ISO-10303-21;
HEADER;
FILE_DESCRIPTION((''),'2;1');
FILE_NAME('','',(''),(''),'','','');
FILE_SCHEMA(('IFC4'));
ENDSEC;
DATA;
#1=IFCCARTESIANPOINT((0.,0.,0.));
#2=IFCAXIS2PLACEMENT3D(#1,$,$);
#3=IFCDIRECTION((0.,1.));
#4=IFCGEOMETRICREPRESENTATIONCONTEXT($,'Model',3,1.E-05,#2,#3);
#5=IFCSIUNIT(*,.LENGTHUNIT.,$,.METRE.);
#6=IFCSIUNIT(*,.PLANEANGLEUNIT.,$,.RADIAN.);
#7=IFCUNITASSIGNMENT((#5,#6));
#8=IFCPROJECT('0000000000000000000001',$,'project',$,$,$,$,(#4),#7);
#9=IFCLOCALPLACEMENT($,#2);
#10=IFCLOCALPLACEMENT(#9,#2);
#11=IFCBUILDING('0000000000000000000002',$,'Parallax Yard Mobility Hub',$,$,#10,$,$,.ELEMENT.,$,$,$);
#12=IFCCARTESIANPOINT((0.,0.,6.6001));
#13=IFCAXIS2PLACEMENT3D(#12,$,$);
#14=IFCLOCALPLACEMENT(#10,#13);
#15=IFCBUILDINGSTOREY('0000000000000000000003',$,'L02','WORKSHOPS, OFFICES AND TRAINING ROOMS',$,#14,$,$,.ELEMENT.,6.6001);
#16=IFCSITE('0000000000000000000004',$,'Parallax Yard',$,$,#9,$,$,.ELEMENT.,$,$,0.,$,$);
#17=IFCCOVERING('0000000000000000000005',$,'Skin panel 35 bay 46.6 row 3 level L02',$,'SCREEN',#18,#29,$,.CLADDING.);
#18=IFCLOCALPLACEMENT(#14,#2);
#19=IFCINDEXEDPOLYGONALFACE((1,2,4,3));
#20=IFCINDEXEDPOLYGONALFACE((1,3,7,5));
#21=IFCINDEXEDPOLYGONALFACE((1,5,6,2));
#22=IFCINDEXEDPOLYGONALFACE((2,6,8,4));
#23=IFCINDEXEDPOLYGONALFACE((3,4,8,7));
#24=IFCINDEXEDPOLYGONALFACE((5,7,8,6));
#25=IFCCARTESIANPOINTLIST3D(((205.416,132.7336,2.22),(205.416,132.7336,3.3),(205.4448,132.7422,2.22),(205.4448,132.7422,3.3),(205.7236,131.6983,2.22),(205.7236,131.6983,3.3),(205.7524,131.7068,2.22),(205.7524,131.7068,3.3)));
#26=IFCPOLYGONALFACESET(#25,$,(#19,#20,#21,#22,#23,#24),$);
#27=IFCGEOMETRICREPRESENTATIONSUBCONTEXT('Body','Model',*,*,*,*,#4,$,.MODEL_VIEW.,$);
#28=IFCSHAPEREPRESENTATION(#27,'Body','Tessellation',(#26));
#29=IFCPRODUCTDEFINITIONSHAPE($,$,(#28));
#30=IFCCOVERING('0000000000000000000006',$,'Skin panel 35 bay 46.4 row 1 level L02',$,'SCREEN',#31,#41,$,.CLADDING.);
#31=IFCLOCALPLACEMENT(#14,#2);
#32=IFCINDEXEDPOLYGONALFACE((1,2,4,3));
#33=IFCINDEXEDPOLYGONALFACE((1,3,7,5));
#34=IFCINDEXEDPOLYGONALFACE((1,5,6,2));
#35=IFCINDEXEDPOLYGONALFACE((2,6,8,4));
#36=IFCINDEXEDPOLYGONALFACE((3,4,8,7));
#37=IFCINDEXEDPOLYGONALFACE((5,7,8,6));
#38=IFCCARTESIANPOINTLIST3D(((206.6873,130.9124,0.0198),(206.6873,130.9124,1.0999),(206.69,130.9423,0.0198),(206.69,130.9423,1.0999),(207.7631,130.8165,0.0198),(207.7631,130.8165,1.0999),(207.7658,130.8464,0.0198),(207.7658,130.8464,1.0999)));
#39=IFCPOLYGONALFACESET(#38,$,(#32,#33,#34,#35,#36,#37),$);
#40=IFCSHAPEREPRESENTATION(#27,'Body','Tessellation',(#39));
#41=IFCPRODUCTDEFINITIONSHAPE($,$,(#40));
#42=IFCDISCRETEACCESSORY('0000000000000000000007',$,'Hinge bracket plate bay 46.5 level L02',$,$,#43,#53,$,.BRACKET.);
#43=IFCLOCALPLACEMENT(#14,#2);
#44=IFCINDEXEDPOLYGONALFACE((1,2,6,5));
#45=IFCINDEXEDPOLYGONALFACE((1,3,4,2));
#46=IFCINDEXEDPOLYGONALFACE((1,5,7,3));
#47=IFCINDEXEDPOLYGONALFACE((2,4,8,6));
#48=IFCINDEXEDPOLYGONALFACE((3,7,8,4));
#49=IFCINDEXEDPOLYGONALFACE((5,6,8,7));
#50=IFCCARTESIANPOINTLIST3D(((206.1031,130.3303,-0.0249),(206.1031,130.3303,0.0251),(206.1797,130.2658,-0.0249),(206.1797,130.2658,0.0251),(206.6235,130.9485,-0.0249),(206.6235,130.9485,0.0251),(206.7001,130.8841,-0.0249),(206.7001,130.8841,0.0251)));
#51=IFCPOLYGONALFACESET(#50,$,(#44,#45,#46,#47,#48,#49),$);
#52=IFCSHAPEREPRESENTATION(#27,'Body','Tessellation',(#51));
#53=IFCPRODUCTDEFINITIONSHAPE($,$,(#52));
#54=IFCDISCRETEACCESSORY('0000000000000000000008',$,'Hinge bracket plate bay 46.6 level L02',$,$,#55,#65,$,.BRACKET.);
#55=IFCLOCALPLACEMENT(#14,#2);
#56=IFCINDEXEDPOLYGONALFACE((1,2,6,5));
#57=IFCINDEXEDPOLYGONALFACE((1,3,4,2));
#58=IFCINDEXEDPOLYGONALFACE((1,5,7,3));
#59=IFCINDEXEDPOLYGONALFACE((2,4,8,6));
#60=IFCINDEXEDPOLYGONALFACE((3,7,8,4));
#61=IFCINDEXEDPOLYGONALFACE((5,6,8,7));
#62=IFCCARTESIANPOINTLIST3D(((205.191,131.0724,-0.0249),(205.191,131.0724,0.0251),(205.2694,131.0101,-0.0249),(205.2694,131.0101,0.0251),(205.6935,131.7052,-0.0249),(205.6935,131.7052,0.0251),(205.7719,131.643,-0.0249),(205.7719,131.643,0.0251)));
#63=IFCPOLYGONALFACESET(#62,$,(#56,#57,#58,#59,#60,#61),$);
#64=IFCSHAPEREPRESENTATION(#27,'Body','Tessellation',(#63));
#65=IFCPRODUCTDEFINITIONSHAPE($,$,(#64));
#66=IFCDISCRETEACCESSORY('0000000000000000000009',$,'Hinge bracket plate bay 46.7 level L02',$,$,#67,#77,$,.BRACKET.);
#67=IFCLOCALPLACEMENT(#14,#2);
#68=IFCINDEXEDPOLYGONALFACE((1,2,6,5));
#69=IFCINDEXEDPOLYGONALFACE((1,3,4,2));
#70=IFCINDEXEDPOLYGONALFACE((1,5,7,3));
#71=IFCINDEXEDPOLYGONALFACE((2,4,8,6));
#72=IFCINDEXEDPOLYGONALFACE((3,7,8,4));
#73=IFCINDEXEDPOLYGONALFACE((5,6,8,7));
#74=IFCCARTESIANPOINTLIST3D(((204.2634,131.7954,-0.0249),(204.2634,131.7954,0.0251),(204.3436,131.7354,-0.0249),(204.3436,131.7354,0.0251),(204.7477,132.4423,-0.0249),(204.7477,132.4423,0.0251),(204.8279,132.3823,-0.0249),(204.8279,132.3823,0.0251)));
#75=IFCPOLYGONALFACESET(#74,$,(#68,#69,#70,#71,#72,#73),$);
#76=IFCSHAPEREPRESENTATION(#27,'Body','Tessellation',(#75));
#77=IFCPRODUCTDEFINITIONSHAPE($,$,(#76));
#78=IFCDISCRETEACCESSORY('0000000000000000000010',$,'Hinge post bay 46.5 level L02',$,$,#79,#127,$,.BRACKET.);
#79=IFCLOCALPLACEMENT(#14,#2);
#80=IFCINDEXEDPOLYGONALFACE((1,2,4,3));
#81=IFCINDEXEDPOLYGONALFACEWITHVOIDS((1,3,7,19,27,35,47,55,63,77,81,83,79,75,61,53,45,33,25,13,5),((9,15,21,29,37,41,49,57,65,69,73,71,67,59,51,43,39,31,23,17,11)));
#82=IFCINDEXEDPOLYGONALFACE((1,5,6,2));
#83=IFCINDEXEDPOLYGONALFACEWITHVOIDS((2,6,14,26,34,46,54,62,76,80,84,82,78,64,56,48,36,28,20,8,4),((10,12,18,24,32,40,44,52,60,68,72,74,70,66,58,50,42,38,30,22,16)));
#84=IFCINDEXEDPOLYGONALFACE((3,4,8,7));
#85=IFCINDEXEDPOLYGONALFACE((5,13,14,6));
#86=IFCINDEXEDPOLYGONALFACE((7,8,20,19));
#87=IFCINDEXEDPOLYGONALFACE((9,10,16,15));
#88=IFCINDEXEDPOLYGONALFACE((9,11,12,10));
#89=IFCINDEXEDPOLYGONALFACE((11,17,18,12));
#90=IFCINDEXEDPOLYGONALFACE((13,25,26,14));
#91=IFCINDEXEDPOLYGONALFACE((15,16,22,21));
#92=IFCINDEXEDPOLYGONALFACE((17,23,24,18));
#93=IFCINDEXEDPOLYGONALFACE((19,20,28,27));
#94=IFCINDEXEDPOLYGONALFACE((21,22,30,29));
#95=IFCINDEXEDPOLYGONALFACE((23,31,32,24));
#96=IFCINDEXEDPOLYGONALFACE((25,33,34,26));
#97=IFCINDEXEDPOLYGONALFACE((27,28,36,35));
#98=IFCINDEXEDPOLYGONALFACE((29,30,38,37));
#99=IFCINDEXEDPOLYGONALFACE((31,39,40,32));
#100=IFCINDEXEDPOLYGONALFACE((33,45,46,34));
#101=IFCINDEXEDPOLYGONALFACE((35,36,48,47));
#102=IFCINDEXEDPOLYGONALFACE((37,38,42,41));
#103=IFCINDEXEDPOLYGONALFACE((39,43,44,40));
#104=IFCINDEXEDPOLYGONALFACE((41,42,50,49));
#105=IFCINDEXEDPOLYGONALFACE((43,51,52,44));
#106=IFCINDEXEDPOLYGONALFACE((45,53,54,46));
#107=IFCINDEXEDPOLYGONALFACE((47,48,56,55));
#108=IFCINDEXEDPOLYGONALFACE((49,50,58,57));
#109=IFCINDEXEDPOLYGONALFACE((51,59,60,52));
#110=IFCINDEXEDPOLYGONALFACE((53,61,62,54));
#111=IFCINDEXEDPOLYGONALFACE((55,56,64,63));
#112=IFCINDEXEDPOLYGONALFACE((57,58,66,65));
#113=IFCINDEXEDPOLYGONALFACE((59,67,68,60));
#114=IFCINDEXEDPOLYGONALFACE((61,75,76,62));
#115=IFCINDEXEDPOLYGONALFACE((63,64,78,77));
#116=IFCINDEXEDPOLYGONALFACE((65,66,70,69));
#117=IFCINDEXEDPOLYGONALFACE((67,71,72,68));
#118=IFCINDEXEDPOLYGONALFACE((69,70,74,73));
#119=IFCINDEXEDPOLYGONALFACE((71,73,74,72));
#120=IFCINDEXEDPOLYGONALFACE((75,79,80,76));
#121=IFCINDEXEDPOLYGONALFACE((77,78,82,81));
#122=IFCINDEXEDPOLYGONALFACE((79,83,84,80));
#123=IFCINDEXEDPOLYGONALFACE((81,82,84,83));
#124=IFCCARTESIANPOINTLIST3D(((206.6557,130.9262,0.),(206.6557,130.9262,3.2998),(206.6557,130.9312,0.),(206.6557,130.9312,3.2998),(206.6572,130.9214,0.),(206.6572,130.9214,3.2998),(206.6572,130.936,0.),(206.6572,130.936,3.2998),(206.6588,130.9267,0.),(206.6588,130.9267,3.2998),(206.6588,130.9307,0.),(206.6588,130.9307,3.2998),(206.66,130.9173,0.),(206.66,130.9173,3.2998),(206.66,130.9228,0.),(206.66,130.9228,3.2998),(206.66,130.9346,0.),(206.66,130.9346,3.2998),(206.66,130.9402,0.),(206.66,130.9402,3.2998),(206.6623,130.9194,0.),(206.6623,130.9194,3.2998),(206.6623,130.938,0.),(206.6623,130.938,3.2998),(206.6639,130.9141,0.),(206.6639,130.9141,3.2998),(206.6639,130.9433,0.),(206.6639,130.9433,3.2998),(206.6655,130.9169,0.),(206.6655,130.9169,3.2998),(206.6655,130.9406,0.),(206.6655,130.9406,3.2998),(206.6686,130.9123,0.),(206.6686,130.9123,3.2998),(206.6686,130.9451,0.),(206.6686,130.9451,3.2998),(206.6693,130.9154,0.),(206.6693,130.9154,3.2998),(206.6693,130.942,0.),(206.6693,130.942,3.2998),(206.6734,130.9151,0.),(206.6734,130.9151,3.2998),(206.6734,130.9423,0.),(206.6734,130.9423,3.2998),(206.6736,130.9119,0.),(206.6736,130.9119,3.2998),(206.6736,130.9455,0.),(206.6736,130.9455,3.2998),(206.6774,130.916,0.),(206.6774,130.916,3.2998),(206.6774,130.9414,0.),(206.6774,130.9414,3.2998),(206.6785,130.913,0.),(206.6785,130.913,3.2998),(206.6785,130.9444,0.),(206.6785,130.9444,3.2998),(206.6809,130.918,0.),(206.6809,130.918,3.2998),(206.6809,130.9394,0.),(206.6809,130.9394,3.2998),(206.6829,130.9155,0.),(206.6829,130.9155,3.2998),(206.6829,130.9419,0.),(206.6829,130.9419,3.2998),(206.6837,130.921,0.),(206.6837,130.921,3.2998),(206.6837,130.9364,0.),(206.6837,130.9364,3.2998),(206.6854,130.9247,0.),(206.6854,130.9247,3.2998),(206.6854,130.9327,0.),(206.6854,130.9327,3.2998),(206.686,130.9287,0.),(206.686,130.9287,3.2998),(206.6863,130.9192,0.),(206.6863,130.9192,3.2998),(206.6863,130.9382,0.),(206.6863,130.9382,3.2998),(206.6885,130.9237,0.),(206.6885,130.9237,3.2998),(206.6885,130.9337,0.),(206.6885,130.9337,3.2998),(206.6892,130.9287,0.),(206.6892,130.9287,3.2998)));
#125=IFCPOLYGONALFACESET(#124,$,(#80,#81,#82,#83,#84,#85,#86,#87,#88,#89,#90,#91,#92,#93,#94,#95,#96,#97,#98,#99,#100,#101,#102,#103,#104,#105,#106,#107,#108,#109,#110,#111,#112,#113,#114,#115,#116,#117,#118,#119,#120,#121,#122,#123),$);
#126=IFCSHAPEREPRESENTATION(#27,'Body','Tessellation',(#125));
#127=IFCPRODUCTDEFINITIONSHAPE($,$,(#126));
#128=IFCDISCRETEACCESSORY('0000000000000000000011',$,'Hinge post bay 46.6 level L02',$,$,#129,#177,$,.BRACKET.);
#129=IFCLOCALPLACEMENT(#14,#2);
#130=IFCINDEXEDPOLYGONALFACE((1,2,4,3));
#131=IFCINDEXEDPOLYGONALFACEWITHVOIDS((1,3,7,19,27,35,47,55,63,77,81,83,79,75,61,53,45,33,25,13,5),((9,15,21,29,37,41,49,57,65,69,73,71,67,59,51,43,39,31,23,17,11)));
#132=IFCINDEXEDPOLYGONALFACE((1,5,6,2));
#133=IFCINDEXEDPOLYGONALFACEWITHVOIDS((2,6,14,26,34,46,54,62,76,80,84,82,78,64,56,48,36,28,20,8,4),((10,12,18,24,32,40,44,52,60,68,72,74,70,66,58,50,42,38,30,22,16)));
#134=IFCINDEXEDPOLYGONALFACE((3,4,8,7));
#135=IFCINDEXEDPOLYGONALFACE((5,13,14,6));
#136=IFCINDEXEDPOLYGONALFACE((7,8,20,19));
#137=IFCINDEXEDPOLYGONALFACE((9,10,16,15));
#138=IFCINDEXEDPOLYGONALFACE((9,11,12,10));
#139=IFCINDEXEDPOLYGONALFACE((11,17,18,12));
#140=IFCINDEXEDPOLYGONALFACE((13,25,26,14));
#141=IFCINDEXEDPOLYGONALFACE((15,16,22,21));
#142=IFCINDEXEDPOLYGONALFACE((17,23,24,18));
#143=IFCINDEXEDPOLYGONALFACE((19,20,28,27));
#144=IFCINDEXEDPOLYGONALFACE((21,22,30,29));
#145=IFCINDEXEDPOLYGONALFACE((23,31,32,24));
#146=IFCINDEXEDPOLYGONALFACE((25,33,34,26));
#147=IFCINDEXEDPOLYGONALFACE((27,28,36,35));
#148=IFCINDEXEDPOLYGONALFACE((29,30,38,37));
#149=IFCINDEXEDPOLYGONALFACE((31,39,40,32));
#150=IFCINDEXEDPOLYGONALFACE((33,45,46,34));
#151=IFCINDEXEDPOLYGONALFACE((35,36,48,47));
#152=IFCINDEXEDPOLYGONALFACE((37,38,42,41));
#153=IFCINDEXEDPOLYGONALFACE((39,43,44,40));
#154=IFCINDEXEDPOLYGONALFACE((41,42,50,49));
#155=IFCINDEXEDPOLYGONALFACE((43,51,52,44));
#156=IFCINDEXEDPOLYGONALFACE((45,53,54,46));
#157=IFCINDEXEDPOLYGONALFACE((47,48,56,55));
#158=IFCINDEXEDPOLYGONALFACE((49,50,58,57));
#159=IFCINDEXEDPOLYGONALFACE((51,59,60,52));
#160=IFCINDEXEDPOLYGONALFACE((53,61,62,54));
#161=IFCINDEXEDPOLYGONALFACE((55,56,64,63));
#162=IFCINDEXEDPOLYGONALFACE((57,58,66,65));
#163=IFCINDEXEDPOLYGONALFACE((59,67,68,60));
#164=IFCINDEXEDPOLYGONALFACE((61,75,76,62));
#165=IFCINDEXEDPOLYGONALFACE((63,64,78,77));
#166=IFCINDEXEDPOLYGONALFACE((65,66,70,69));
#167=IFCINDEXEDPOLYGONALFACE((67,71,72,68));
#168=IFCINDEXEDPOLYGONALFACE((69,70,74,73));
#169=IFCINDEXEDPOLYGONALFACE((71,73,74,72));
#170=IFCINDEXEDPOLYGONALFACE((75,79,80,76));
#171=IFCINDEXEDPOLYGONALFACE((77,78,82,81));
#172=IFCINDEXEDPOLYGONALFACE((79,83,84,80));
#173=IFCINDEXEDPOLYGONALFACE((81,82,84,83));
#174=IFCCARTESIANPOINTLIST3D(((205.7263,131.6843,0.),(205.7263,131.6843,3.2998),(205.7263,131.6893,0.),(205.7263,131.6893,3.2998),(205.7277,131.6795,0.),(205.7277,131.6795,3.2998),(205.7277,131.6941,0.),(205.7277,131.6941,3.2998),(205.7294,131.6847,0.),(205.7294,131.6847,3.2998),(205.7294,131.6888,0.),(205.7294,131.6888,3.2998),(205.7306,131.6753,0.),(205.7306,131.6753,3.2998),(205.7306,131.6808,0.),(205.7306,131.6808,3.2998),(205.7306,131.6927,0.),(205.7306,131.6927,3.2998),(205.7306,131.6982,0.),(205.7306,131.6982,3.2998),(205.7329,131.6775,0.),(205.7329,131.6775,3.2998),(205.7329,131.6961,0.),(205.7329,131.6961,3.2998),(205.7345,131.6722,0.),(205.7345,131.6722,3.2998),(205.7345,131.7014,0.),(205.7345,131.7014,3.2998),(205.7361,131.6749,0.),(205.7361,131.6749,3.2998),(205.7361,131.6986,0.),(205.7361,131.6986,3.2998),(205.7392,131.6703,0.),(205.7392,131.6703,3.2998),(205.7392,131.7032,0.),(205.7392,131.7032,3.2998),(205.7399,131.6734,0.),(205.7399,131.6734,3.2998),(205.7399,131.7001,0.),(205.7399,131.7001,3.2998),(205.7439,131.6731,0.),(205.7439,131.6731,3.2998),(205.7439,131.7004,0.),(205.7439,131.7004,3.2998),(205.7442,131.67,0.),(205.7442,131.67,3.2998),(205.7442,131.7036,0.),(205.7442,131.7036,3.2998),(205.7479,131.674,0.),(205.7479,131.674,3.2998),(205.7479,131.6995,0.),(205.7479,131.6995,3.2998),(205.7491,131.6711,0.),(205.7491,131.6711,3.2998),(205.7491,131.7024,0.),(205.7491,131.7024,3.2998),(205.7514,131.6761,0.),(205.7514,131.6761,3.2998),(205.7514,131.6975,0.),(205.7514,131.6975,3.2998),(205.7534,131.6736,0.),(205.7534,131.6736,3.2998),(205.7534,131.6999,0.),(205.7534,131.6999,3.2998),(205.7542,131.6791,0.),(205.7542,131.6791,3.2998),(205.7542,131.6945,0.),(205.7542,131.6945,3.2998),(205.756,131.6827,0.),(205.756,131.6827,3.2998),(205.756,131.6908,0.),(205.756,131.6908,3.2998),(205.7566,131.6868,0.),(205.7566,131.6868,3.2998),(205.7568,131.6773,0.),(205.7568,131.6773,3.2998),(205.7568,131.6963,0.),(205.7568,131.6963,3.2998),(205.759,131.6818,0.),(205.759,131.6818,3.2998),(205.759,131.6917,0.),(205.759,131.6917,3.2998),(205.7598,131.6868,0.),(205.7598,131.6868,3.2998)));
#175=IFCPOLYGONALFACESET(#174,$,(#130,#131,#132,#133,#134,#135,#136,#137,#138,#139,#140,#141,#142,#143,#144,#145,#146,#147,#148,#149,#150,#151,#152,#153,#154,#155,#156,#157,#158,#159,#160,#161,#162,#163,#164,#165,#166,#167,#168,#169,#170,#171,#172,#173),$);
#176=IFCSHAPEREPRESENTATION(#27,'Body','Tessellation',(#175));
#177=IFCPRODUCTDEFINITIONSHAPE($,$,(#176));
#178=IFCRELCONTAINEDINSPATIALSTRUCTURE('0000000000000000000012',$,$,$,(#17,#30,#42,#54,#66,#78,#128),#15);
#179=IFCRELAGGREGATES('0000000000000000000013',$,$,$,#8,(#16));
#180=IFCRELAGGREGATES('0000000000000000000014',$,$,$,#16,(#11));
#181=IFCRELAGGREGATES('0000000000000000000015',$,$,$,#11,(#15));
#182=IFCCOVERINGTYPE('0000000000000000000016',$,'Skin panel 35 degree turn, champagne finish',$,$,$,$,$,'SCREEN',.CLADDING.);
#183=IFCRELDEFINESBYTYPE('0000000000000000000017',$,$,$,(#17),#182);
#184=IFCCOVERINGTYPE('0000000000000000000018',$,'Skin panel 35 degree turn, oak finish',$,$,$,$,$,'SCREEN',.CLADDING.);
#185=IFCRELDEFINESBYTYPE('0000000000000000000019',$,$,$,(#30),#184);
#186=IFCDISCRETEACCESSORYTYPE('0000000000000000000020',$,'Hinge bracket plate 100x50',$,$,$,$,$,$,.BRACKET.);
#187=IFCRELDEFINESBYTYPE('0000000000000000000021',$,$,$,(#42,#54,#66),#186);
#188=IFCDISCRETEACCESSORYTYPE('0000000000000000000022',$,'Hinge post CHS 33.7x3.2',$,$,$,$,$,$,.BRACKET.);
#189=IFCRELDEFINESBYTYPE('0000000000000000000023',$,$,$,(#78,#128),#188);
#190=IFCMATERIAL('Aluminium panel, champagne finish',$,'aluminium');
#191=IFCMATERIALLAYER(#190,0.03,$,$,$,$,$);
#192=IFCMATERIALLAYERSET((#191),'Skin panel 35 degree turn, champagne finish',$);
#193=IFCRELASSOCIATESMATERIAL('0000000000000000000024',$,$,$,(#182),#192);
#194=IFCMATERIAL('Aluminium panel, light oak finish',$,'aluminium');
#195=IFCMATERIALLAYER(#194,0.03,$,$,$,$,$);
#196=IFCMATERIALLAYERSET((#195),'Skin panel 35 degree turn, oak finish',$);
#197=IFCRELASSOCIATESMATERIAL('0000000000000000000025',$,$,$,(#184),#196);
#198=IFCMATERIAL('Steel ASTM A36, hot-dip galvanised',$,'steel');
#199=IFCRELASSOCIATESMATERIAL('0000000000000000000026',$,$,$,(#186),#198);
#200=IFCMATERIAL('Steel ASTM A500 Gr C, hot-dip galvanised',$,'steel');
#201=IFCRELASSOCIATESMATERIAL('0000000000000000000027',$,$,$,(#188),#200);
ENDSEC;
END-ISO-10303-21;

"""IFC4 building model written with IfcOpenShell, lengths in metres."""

from ifc_helpers import new_model, si_unit, direction, frame, origin, origin_2d, place, context, subcontext, project, spatial, rectangle, hollow_circle, extrude, material, layer, layer_set, material_profile, profile_set, type_object, element, save


model = new_model("IFC4")

# Units and contexts
model_context = context("Model", 3, precision=1e-05, world=origin(), true_north=direction((0.0, 1.0)))
body_context = subcontext(model_context, "Body", "Model", "MODEL_VIEW")
ifc_project = project(units=[si_unit("LENGTHUNIT", "METRE"), si_unit("PLANEANGLEUNIT", "RADIAN")], contexts=[model_context])

# Site, building, storey
site_placement = place(None, origin())
site = spatial("IfcSite", under=ifc_project, at=site_placement, Name="Parallax Yard", CompositionType="ELEMENT", RefElevation=0.0)
building_placement = place(site_placement, origin())
building = spatial("IfcBuilding", under=site, at=building_placement, Name="Parallax Yard Mobility Hub", CompositionType="ELEMENT")
storey_placement = place(building_placement, frame((0.0, 0.0, 6.6001)))
storey = spatial("IfcBuildingStorey", under=building, at=storey_placement, Name="L02", Description="WORKSHOPS, OFFICES AND TRAINING ROOMS", CompositionType="ELEMENT", Elevation=6.6001)

# Coverings
ifc_material_1 = material(Name="Aluminium panel, champagne finish", Category="aluminium")
ifc_material_2 = material(Name="Aluminium panel, light oak finish", Category="aluminium")
ifc_layer_1 = layer(ifc_material_1, 0.03)
ifc_layer_set_1 = layer_set([ifc_layer_1], Name="Skin panel 35 degree turn, champagne finish")
covering_type_1 = type_object("IfcCoveringType", Name="Skin panel 35 degree turn, champagne finish", ElementType="SCREEN", PredefinedType="CLADDING", material=ifc_layer_set_1)
covering_1_placement = place(storey_placement, frame((205.5842, 132.2202, 2.22), z_axis=(0.0, 0.0, 1.0), x_axis=(-0.284777, 0.958594, 0.0)))
element("IfcCovering", 1, at=covering_1_placement, inside=storey, type_object=covering_type_1, Name="Skin panel 35 bay 46.6 row 3 level L02", ObjectType="SCREEN", PredefinedType="CLADDING", context=body_context, shape_type="SweptSolid", body=[
    extrude(rectangle(XDim=1.0801, YDim=0.03, at=origin_2d()), origin(), (0.0, 0.0, 1.0), 1.0801),
])
ifc_layer_2 = layer(ifc_material_2, 0.03)
ifc_layer_set_2 = layer_set([ifc_layer_2], Name="Skin panel 35 degree turn, oak finish")
covering_type_2 = type_object("IfcCoveringType", Name="Skin panel 35 degree turn, oak finish", ElementType="SCREEN", PredefinedType="CLADDING", material=ifc_layer_set_2)
covering_2_placement = place(storey_placement, frame((207.2266, 130.8794, 0.0198), z_axis=(0.0, 0.0, 1.0), x_axis=(0.996055, -0.088736, 0.0)))
element("IfcCovering", 2, at=covering_2_placement, inside=storey, type_object=covering_type_2, Name="Skin panel 35 bay 46.4 row 1 level L02", ObjectType="SCREEN", PredefinedType="CLADDING", context=body_context, shape_type="SweptSolid", body=[
    extrude(rectangle(XDim=1.0801, YDim=0.03, at=origin_2d()), origin(), (0.0, 0.0, 1.0), 1.0801),
])

# Discrete accessories
ifc_material_3 = material(Name="Steel ASTM A36, hot-dip galvanised", Category="steel")
discrete_accessory_type_1 = type_object("IfcDiscreteAccessoryType", Name="Hinge bracket plate 100x50", PredefinedType="BRACKET", material=ifc_material_3)
for number, where, z_axis, x_axis, name in (
    (3, (206.4016, 130.6072, -0.0249), (0.0, 0.0, 1.0), (0.644002, 0.765024, 0.0), "Hinge bracket plate bay 46.5 level L02"),
    (4, (205.4814, 131.3577, -0.0249), (0.0, 0.0, 1.0), (0.621893, 0.783102, 0.0), "Hinge bracket plate bay 46.6 level L02"),
    (5, (204.5457, 132.0889, -0.0249), (0.0, 0.0, 1.0), (0.599278, 0.800541, 0.0), "Hinge bracket plate bay 46.7 level L02"),
):
    element("IfcDiscreteAccessory", number, at=place(storey_placement, frame(where, z_axis=z_axis, x_axis=x_axis)), inside=storey, type_object=discrete_accessory_type_1, Name=name, PredefinedType="BRACKET", context=body_context, shape_type="SweptSolid", body=[
        extrude(rectangle(XDim=0.8081, YDim=0.1001, at=origin_2d()), origin(), (0.0, 0.0, 1.0), 0.05),
    ])
ifc_material_4 = material(Name="Steel ASTM A500 Gr C, hot-dip galvanised", Category="steel")
ifc_material_profile_1 = material_profile(ifc_material_4, hollow_circle(Radius=0.0168, WallThickness=0.0032, at=origin_2d()), Name="CHS 33.7x3.2")
ifc_profile_set_1 = profile_set([ifc_material_profile_1], Name="Steel ASTM A500 Gr C, hot-dip galvanised")
discrete_accessory_type_2 = type_object("IfcDiscreteAccessoryType", Name="Hinge post CHS 33.7x3.2", PredefinedType="BRACKET", material=ifc_profile_set_1)
for number, where, z_axis, x_axis, name in (
    (6, (206.6724, 130.9287, 0.0), (0.0, 0.0, 1.0), (1.0, 0.0, 0.0), "Hinge post bay 46.5 level L02"),
    (7, (205.7429, 131.6868, 0.0), (0.0, 0.0, 1.0), (1.0, 0.0, 0.0), "Hinge post bay 46.6 level L02"),
):
    element("IfcDiscreteAccessory", number, at=place(storey_placement, frame(where, z_axis=z_axis, x_axis=x_axis)), inside=storey, type_object=discrete_accessory_type_2, Name=name, PredefinedType="BRACKET", context=body_context, shape_type="SweptSolid", body=[
        extrude(hollow_circle(Radius=0.0168, WallThickness=0.0032, at=origin_2d()), origin(), (0.0, 0.0, 1.0), 3.2998),
    ])

save(model, "model.ifc")
